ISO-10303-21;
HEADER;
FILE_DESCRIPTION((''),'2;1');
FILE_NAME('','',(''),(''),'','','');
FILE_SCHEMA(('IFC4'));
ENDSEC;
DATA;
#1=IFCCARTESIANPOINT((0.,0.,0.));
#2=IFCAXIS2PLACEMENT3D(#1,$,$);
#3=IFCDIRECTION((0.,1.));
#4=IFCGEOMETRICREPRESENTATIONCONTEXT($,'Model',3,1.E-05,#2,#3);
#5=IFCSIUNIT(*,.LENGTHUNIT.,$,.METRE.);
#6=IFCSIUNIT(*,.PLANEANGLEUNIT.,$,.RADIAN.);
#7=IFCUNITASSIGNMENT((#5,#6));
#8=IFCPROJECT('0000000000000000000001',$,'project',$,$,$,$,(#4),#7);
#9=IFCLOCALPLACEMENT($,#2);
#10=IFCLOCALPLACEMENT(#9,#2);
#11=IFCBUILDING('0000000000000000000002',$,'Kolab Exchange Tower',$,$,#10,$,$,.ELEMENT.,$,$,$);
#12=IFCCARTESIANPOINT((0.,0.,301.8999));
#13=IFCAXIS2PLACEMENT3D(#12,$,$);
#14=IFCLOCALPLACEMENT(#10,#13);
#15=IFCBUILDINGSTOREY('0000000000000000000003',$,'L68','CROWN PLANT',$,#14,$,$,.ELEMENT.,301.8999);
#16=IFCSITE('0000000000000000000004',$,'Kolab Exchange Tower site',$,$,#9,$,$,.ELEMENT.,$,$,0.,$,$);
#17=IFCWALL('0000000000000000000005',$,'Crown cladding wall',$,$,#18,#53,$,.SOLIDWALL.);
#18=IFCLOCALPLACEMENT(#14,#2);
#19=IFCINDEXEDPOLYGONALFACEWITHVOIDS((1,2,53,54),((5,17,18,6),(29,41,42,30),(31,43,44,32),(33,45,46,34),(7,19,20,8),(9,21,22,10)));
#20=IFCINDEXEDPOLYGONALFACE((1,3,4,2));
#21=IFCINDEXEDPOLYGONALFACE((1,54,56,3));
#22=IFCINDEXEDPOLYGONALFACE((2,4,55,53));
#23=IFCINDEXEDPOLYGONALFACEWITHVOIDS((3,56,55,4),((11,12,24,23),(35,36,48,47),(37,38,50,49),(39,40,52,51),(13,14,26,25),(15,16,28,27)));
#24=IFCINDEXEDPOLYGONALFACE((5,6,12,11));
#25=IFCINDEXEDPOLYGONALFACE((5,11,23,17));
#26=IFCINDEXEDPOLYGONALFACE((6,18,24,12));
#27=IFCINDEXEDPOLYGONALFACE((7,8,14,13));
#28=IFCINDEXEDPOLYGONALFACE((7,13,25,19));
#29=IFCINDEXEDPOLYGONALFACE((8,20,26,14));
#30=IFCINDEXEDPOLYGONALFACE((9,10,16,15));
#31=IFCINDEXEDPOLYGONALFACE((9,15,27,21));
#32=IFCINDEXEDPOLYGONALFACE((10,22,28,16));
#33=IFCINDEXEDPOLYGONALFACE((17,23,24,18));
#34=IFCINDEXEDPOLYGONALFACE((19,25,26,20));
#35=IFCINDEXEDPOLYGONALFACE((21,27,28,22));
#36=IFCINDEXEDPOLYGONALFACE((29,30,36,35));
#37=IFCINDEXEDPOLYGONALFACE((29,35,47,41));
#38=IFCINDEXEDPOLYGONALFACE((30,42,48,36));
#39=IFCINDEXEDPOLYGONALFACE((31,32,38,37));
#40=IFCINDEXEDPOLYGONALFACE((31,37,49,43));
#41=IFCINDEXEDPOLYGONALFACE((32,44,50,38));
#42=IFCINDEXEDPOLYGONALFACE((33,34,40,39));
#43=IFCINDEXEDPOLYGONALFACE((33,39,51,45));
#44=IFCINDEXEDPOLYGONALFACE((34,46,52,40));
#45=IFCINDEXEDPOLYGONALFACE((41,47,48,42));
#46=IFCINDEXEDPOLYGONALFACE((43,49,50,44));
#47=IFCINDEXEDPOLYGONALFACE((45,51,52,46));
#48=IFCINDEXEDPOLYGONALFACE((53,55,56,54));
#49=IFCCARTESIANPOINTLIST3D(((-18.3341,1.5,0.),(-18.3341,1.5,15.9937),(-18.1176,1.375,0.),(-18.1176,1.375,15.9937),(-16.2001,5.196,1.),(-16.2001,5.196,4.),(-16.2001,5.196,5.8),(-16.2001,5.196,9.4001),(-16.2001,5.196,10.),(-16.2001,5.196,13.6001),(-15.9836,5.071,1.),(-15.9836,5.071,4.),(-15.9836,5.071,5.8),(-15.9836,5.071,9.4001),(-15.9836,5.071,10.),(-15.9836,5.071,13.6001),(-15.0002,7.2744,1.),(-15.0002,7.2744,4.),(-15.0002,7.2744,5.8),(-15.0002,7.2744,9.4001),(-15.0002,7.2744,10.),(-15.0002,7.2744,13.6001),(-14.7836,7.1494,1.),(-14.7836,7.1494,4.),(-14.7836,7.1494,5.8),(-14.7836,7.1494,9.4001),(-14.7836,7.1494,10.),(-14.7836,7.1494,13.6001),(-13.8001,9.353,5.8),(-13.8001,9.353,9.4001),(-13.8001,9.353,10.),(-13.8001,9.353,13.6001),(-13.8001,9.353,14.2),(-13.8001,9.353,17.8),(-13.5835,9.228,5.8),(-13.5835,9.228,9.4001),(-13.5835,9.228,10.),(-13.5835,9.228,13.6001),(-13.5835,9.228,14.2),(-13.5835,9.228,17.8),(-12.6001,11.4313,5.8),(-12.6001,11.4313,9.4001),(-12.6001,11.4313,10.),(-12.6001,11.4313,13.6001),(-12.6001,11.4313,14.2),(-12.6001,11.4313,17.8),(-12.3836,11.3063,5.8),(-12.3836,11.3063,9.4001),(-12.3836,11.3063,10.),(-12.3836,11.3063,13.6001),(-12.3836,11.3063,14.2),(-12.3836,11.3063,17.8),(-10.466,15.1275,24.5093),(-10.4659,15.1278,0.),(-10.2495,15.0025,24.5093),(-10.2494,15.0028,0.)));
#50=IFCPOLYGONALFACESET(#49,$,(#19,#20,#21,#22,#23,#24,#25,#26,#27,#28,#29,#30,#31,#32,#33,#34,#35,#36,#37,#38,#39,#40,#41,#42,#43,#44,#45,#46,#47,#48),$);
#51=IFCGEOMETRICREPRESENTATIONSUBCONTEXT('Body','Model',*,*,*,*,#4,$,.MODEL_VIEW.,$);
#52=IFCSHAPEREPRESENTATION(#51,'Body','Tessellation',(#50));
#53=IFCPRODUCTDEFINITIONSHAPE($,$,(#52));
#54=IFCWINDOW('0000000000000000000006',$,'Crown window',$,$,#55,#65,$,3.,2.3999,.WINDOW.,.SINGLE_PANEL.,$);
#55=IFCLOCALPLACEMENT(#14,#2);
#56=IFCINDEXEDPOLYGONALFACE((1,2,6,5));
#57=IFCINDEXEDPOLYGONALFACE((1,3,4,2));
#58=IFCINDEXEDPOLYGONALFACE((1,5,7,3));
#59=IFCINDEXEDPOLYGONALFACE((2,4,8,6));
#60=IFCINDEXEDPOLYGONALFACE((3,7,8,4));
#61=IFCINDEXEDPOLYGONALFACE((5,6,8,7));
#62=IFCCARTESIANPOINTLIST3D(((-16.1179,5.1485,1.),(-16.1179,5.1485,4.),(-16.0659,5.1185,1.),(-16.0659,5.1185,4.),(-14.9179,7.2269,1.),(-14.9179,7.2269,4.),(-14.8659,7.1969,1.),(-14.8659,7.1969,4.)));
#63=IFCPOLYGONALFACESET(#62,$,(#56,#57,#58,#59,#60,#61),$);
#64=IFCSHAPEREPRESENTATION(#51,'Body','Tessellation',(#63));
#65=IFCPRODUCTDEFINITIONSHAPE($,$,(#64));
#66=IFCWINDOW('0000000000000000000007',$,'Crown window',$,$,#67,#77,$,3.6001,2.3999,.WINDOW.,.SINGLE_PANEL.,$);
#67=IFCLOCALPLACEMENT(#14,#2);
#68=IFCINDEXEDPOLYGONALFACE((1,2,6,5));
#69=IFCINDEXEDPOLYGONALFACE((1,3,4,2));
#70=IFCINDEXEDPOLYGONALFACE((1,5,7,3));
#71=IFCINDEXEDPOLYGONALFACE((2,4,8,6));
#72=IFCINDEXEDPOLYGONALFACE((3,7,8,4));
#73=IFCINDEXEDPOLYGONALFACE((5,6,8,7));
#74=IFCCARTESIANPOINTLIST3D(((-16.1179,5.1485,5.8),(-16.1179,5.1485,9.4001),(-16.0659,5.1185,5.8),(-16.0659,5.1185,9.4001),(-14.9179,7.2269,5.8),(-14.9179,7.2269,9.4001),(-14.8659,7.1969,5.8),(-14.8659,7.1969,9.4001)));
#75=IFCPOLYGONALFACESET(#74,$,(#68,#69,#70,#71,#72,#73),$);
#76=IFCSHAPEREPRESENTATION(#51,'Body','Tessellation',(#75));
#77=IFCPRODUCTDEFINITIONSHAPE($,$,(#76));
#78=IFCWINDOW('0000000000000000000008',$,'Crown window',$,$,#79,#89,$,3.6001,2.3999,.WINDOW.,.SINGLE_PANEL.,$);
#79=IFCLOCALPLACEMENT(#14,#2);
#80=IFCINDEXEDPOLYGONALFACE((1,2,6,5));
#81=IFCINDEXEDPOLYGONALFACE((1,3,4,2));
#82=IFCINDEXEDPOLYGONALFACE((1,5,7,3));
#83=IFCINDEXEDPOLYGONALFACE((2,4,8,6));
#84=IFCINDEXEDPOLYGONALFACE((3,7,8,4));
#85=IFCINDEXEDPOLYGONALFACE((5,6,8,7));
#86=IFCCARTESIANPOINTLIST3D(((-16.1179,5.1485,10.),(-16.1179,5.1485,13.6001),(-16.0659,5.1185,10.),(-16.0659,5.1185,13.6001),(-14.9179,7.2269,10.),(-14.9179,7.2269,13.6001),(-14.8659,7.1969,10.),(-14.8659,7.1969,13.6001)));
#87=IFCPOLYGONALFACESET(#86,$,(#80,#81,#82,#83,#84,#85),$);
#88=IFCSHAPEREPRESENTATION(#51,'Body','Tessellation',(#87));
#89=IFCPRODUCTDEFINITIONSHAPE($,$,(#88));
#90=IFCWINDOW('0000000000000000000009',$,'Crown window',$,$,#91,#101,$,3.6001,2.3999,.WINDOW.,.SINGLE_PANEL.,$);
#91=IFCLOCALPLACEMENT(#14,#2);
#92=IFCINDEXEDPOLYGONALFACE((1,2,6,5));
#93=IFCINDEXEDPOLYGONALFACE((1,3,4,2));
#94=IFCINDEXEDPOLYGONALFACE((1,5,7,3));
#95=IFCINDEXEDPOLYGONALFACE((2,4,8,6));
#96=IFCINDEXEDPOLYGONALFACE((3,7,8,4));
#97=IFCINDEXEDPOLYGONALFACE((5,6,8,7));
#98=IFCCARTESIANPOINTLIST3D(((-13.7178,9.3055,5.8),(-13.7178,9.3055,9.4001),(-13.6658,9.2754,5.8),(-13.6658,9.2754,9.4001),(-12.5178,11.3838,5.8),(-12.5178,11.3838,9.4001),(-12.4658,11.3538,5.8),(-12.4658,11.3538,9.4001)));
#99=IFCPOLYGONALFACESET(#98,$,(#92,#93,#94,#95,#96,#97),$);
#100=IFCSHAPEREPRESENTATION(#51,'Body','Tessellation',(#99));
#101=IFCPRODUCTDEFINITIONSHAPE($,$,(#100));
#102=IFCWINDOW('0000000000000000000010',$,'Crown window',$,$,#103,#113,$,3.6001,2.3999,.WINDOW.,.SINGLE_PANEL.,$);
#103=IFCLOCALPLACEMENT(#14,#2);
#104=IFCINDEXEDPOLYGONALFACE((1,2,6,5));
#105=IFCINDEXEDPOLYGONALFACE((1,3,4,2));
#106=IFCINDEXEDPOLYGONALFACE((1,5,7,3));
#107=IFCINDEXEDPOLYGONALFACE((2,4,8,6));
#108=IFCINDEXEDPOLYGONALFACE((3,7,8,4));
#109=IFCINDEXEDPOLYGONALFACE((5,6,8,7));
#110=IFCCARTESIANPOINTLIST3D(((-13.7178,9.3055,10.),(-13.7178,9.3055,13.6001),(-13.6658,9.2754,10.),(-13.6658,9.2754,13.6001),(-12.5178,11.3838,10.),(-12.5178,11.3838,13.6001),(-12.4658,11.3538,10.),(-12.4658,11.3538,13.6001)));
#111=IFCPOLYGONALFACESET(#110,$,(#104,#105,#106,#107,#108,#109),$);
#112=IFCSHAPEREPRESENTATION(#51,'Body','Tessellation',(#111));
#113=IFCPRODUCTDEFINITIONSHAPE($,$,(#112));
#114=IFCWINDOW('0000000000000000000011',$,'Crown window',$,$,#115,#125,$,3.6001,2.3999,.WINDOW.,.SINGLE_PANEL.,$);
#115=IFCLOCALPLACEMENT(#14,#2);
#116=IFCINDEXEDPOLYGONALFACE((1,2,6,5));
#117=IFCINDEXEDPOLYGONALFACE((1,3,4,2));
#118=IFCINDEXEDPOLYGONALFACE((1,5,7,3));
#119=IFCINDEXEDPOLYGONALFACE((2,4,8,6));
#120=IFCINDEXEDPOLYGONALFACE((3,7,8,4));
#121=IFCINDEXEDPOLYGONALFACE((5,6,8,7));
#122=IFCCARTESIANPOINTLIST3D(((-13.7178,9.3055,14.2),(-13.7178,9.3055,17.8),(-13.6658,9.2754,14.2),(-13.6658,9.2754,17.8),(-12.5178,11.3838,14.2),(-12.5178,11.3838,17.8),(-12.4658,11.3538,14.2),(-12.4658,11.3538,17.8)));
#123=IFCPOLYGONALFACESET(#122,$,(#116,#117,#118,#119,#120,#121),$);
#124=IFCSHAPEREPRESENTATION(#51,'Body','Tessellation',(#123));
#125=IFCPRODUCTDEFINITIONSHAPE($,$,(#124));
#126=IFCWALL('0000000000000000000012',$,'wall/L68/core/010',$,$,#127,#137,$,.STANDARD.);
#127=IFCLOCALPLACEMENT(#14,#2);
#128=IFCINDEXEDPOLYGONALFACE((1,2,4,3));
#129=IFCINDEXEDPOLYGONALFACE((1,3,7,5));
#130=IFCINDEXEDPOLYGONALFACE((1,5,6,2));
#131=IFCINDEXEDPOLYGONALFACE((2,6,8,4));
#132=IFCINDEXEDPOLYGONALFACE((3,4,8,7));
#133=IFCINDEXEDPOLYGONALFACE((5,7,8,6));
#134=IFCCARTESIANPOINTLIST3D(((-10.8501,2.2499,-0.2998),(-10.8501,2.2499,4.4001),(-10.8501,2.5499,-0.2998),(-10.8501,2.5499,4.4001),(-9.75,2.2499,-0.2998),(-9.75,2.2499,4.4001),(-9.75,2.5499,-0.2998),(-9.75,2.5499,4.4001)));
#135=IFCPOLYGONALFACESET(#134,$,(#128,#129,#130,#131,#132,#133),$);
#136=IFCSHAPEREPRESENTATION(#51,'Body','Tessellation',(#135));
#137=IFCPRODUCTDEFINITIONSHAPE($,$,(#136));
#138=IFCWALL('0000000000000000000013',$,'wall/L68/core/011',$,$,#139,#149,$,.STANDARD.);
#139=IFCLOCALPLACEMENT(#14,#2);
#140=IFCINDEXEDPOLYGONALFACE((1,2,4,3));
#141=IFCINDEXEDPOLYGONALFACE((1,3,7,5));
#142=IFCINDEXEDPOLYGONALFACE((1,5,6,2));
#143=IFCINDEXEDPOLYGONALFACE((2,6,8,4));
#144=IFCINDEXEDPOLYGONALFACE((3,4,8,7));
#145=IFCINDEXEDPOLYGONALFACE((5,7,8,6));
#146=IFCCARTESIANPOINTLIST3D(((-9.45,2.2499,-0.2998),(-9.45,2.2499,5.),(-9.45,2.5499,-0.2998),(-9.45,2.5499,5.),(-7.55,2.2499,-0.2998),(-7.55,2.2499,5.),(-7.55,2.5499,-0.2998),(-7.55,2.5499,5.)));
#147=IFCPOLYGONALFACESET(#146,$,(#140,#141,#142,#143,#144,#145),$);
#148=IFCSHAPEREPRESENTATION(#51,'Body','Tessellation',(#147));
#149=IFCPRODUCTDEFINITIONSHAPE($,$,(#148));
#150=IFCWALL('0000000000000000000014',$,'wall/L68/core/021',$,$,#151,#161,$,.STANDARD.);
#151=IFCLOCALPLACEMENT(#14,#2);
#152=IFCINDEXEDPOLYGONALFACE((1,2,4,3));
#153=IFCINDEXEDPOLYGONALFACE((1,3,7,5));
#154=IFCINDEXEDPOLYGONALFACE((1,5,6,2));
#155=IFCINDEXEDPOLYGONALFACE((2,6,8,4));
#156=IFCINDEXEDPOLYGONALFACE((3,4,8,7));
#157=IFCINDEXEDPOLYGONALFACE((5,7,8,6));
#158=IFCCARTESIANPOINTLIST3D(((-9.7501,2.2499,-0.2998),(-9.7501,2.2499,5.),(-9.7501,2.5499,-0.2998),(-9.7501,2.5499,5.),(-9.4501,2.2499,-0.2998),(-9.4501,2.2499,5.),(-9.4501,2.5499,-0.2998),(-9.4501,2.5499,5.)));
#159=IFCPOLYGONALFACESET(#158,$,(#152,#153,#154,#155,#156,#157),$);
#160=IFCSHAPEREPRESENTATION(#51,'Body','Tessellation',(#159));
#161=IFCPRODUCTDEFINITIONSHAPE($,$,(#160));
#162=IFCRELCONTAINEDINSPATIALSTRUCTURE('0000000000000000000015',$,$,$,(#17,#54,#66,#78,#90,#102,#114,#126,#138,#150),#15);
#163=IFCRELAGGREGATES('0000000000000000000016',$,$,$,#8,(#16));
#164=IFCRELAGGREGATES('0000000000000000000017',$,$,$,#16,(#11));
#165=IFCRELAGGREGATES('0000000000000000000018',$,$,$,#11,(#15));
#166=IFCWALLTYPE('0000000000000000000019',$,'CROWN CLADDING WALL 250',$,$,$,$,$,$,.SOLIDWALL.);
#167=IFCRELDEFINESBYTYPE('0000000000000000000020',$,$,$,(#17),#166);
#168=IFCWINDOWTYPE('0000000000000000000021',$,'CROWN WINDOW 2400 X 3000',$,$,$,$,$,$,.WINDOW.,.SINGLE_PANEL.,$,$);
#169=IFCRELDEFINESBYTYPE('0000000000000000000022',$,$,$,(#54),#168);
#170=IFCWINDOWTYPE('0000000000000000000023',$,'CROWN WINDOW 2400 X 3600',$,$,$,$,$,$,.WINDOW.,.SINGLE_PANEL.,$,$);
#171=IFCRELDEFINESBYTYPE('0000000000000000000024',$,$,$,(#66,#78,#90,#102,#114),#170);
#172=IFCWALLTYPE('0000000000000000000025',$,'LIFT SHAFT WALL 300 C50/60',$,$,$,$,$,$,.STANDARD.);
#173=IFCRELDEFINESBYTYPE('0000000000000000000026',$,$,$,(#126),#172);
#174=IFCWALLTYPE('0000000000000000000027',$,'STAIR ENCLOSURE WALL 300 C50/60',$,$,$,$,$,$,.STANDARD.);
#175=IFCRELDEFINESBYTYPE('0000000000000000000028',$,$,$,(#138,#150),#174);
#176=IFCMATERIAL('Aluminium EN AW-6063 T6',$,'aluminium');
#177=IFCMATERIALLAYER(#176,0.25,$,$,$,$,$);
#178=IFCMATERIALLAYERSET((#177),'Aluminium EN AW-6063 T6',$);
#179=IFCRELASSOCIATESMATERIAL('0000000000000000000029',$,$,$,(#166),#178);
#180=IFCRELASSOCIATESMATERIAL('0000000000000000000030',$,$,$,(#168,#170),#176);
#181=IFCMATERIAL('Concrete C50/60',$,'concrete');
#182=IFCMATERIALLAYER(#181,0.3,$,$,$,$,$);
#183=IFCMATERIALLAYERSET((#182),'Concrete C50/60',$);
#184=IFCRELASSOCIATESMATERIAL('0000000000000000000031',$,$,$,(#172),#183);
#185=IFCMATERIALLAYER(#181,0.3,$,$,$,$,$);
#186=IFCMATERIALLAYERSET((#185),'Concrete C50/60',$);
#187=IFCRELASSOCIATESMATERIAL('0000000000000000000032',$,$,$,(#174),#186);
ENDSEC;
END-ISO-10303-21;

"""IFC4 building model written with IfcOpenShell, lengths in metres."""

from ifc_helpers import new_model, si_unit, direction, frame, frame_2d, origin, place, context, subcontext, project, spatial, polyline, rectangle, outline, extrude, material, layer, layer_set, type_object, element, fill, save


model = new_model("IFC4")

# Units and contexts
model_context = context("Model", 3, precision=1e-05, world=origin(), true_north=direction((0.0, 1.0)))
body_context = subcontext(model_context, "Body", "Model", "MODEL_VIEW")
ifc_project = project(units=[si_unit("LENGTHUNIT", "METRE"), si_unit("PLANEANGLEUNIT", "RADIAN")], contexts=[model_context])

# Site, building, storey
site_placement = place(None, origin())
site = spatial("IfcSite", under=ifc_project, at=site_placement, Name="Kolab Exchange Tower site", CompositionType="ELEMENT", RefElevation=0.0)
building_placement = place(site_placement, origin())
building = spatial("IfcBuilding", under=site, at=building_placement, Name="Kolab Exchange Tower", CompositionType="ELEMENT")
storey_placement = place(building_placement, frame((0.0, 0.0, 301.8999)))
storey = spatial("IfcBuildingStorey", under=building, at=storey_placement, Name="L68", Description="CROWN PLANT", CompositionType="ELEMENT", Elevation=301.8999)

# Shared definitions
ifc_material_1 = material(Name="Concrete C50/60", Category="concrete")

# Wall, openings, windows
ifc_material_2 = material(Name="Aluminium EN AW-6063 T6", Category="aluminium")
ifc_layer_1 = layer(ifc_material_2, 0.25)
ifc_layer_set_1 = layer_set([ifc_layer_1], Name="Aluminium EN AW-6063 T6")
wall_type_1 = type_object("IfcWallType", Name="CROWN CLADDING WALL 250", PredefinedType="SOLIDWALL", material=ifc_layer_set_1)
wall_1_placement = place(storey_placement, frame((-18.2258, 1.4375, 0.0), z_axis=(0.0, 0.0, 1.0), x_axis=(0.50001, 0.866019, 0.0)))
wall_1 = element("IfcWall", 1, at=wall_1_placement, inside=storey, type_object=wall_type_1, Name="Crown cladding wall", PredefinedType="SOLIDWALL", context=body_context, shape_type="SweptSolid", body=[
    extrude(outline(polyline([(0.0, 0.0), (15.7361, 0.0), (15.7358, 24.5093), (0.0, 15.9937), (0.0, 0.0)])), frame((0.0, 0.125, 0.0), z_axis=(0.0, -1.0, 0.0), x_axis=(1.0, 0.0, 0.0)), (0.0, 0.0, 1.0), 0.25),
])
opening_1_placement = place(wall_1_placement, frame((4.2678, 0.0, 5.8)))
opening_1 = element("IfcOpeningElement", 2, at=opening_1_placement, cuts=wall_1, PredefinedType="OPENING", context=body_context, shape_type="SweptSolid", body=[
    extrude(rectangle(XDim=2.3999, YDim=3.6001, at=frame_2d((1.2, 1.8))), frame((0.0, 0.135, 0.0), z_axis=(0.0, -1.0, 0.0), x_axis=(1.0, 0.0, 0.0)), (0.0, 0.0, 1.0), 0.27),
])
opening_2_placement = place(wall_1_placement, frame((4.2678, 0.0, 10.0)))
opening_2 = element("IfcOpeningElement", 3, at=opening_2_placement, cuts=wall_1, PredefinedType="OPENING", context=body_context, shape_type="SweptSolid", body=[
    extrude(rectangle(XDim=2.3999, YDim=3.6001, at=frame_2d((1.2, 1.8))), frame((0.0, 0.135, 0.0), z_axis=(0.0, -1.0, 0.0), x_axis=(1.0, 0.0, 0.0)), (0.0, 0.0, 1.0), 0.27),
])
opening_3_placement = place(wall_1_placement, frame((9.0679, 0.0, 5.8)))
opening_3 = element("IfcOpeningElement", 4, at=opening_3_placement, cuts=wall_1, PredefinedType="OPENING", context=body_context, shape_type="SweptSolid", body=[
    extrude(rectangle(XDim=2.3999, YDim=3.6001, at=frame_2d((1.2, 1.8))), frame((0.0, 0.135, 0.0), z_axis=(0.0, -1.0, 0.0), x_axis=(1.0, 0.0, 0.0)), (0.0, 0.0, 1.0), 0.27),
])
opening_4_placement = place(wall_1_placement, frame((9.0679, 0.0, 10.0)))
opening_4 = element("IfcOpeningElement", 5, at=opening_4_placement, cuts=wall_1, PredefinedType="OPENING", context=body_context, shape_type="SweptSolid", body=[
    extrude(rectangle(XDim=2.3999, YDim=3.6001, at=frame_2d((1.2, 1.8))), frame((0.0, 0.135, 0.0), z_axis=(0.0, -1.0, 0.0), x_axis=(1.0, 0.0, 0.0)), (0.0, 0.0, 1.0), 0.27),
])
opening_5_placement = place(wall_1_placement, frame((9.0679, 0.0, 14.2)))
opening_5 = element("IfcOpeningElement", 6, at=opening_5_placement, cuts=wall_1, PredefinedType="OPENING", context=body_context, shape_type="SweptSolid", body=[
    extrude(rectangle(XDim=2.3999, YDim=3.6001, at=frame_2d((1.2, 1.8))), frame((0.0, 0.135, 0.0), z_axis=(0.0, -1.0, 0.0), x_axis=(1.0, 0.0, 0.0)), (0.0, 0.0, 1.0), 0.27),
])
opening_6_placement = place(wall_1_placement, frame((4.2678, 0.0, 1.0)))
opening_6 = element("IfcOpeningElement", 7, at=opening_6_placement, cuts=wall_1, PredefinedType="OPENING", context=body_context, shape_type="SweptSolid", body=[
    extrude(rectangle(XDim=2.3999, YDim=3.0, at=frame_2d((1.2, 1.5))), frame((0.0, 0.135, 0.0), z_axis=(0.0, -1.0, 0.0), x_axis=(1.0, 0.0, 0.0)), (0.0, 0.0, 1.0), 0.27),
])
window_type_1 = type_object("IfcWindowType", Name="CROWN WINDOW 2400 X 3000", PartitioningType="SINGLE_PANEL", PredefinedType="WINDOW", material=ifc_material_2)
window_1_placement = place(opening_6_placement, origin())
window_1 = element("IfcWindow", 8, at=window_1_placement, inside=storey, type_object=window_type_1, Name="Crown window", OverallHeight=3.0, OverallWidth=2.3999, PartitioningType="SINGLE_PANEL", PredefinedType="WINDOW", context=body_context, shape_type="SweptSolid", body=[
    extrude(rectangle(XDim=2.3999, YDim=3.0, at=frame_2d((1.2, 1.5))), frame((0.0, 0.03, 0.0), z_axis=(0.0, -1.0, 0.0), x_axis=(1.0, 0.0, 0.0)), (0.0, 0.0, 1.0), 0.0601),
])
fill(opening_6, window_1)
window_type_2 = type_object("IfcWindowType", Name="CROWN WINDOW 2400 X 3600", PartitioningType="SINGLE_PANEL", PredefinedType="WINDOW", material=ifc_material_2)
window_2_placement = place(opening_1_placement, origin())
window_2 = element("IfcWindow", 9, at=window_2_placement, inside=storey, type_object=window_type_2, Name="Crown window", OverallHeight=3.6001, OverallWidth=2.3999, PartitioningType="SINGLE_PANEL", PredefinedType="WINDOW", context=body_context, shape_type="SweptSolid", body=[
    extrude(rectangle(XDim=2.3999, YDim=3.6001, at=frame_2d((1.2, 1.8))), frame((0.0, 0.03, 0.0), z_axis=(0.0, -1.0, 0.0), x_axis=(1.0, 0.0, 0.0)), (0.0, 0.0, 1.0), 0.0601),
])
fill(opening_1, window_2)
window_3_placement = place(opening_2_placement, origin())
window_3 = element("IfcWindow", 10, at=window_3_placement, inside=storey, type_object=window_type_2, Name="Crown window", OverallHeight=3.6001, OverallWidth=2.3999, PartitioningType="SINGLE_PANEL", PredefinedType="WINDOW", context=body_context, shape_type="SweptSolid", body=[
    extrude(rectangle(XDim=2.3999, YDim=3.6001, at=frame_2d((1.2, 1.8))), frame((0.0, 0.03, 0.0), z_axis=(0.0, -1.0, 0.0), x_axis=(1.0, 0.0, 0.0)), (0.0, 0.0, 1.0), 0.0601),
])
fill(opening_2, window_3)
window_4_placement = place(opening_3_placement, origin())
window_4 = element("IfcWindow", 11, at=window_4_placement, inside=storey, type_object=window_type_2, Name="Crown window", OverallHeight=3.6001, OverallWidth=2.3999, PartitioningType="SINGLE_PANEL", PredefinedType="WINDOW", context=body_context, shape_type="SweptSolid", body=[
    extrude(rectangle(XDim=2.3999, YDim=3.6001, at=frame_2d((1.2, 1.8))), frame((0.0, 0.03, 0.0), z_axis=(0.0, -1.0, 0.0), x_axis=(1.0, 0.0, 0.0)), (0.0, 0.0, 1.0), 0.0601),
])
fill(opening_3, window_4)
window_5_placement = place(opening_4_placement, origin())
window_5 = element("IfcWindow", 12, at=window_5_placement, inside=storey, type_object=window_type_2, Name="Crown window", OverallHeight=3.6001, OverallWidth=2.3999, PartitioningType="SINGLE_PANEL", PredefinedType="WINDOW", context=body_context, shape_type="SweptSolid", body=[
    extrude(rectangle(XDim=2.3999, YDim=3.6001, at=frame_2d((1.2, 1.8))), frame((0.0, 0.03, 0.0), z_axis=(0.0, -1.0, 0.0), x_axis=(1.0, 0.0, 0.0)), (0.0, 0.0, 1.0), 0.0601),
])
fill(opening_4, window_5)
window_6_placement = place(opening_5_placement, origin())
window_6 = element("IfcWindow", 13, at=window_6_placement, inside=storey, type_object=window_type_2, Name="Crown window", OverallHeight=3.6001, OverallWidth=2.3999, PartitioningType="SINGLE_PANEL", PredefinedType="WINDOW", context=body_context, shape_type="SweptSolid", body=[
    extrude(rectangle(XDim=2.3999, YDim=3.6001, at=frame_2d((1.2, 1.8))), frame((0.0, 0.03, 0.0), z_axis=(0.0, -1.0, 0.0), x_axis=(1.0, 0.0, 0.0)), (0.0, 0.0, 1.0), 0.0601),
])
fill(opening_5, window_6)

# Walls
ifc_layer_2 = layer(ifc_material_1, 0.3)
ifc_layer_set_2 = layer_set([ifc_layer_2], Name="Concrete C50/60")
wall_type_2 = type_object("IfcWallType", Name="LIFT SHAFT WALL 300 C50/60", PredefinedType="STANDARD", material=ifc_layer_set_2)
wall_2_placement = place(storey_placement, frame((-10.8501, 2.3999, -0.2998), z_axis=(0.0, 0.0, 1.0), x_axis=(1.0, 0.0, 0.0)))
element("IfcWall", 14, at=wall_2_placement, inside=storey, type_object=wall_type_2, Name="wall/L68/core/010", PredefinedType="STANDARD", context=body_context, shape_type="SweptSolid", body=[
    extrude(rectangle(XDim=1.1001, YDim=0.3, at=frame_2d((0.55, 0.0))), origin(), (0.0, 0.0, 1.0), 4.7),
])
ifc_layer_3 = layer(ifc_material_1, 0.3)
ifc_layer_set_3 = layer_set([ifc_layer_3], Name="Concrete C50/60")
wall_type_3 = type_object("IfcWallType", Name="STAIR ENCLOSURE WALL 300 C50/60", PredefinedType="STANDARD", material=ifc_layer_set_3)
wall_3_placement = place(storey_placement, frame((-9.45, 2.3999, -0.2998), z_axis=(0.0, 0.0, 1.0), x_axis=(1.0, 0.0, 0.0)))
element("IfcWall", 15, at=wall_3_placement, inside=storey, type_object=wall_type_3, Name="wall/L68/core/011", PredefinedType="STANDARD", context=body_context, shape_type="SweptSolid", body=[
    extrude(rectangle(XDim=1.8999, YDim=0.3, at=frame_2d((0.95, 0.0))), origin(), (0.0, 0.0, 1.0), 5.2998),
])
wall_4_placement = place(storey_placement, frame((-9.6001, 2.25, -0.2998), z_axis=(0.0, 0.0, 1.0), x_axis=(0.0, 1.0, 0.0)))
element("IfcWall", 16, at=wall_4_placement, inside=storey, type_object=wall_type_3, Name="wall/L68/core/021", PredefinedType="STANDARD", context=body_context, shape_type="SweptSolid", body=[
    extrude(rectangle(XDim=0.3, YDim=0.3, at=frame_2d((0.1499, 0.0))), origin(), (0.0, 0.0, 1.0), 5.2998),
])

save(model, "model.ifc")
